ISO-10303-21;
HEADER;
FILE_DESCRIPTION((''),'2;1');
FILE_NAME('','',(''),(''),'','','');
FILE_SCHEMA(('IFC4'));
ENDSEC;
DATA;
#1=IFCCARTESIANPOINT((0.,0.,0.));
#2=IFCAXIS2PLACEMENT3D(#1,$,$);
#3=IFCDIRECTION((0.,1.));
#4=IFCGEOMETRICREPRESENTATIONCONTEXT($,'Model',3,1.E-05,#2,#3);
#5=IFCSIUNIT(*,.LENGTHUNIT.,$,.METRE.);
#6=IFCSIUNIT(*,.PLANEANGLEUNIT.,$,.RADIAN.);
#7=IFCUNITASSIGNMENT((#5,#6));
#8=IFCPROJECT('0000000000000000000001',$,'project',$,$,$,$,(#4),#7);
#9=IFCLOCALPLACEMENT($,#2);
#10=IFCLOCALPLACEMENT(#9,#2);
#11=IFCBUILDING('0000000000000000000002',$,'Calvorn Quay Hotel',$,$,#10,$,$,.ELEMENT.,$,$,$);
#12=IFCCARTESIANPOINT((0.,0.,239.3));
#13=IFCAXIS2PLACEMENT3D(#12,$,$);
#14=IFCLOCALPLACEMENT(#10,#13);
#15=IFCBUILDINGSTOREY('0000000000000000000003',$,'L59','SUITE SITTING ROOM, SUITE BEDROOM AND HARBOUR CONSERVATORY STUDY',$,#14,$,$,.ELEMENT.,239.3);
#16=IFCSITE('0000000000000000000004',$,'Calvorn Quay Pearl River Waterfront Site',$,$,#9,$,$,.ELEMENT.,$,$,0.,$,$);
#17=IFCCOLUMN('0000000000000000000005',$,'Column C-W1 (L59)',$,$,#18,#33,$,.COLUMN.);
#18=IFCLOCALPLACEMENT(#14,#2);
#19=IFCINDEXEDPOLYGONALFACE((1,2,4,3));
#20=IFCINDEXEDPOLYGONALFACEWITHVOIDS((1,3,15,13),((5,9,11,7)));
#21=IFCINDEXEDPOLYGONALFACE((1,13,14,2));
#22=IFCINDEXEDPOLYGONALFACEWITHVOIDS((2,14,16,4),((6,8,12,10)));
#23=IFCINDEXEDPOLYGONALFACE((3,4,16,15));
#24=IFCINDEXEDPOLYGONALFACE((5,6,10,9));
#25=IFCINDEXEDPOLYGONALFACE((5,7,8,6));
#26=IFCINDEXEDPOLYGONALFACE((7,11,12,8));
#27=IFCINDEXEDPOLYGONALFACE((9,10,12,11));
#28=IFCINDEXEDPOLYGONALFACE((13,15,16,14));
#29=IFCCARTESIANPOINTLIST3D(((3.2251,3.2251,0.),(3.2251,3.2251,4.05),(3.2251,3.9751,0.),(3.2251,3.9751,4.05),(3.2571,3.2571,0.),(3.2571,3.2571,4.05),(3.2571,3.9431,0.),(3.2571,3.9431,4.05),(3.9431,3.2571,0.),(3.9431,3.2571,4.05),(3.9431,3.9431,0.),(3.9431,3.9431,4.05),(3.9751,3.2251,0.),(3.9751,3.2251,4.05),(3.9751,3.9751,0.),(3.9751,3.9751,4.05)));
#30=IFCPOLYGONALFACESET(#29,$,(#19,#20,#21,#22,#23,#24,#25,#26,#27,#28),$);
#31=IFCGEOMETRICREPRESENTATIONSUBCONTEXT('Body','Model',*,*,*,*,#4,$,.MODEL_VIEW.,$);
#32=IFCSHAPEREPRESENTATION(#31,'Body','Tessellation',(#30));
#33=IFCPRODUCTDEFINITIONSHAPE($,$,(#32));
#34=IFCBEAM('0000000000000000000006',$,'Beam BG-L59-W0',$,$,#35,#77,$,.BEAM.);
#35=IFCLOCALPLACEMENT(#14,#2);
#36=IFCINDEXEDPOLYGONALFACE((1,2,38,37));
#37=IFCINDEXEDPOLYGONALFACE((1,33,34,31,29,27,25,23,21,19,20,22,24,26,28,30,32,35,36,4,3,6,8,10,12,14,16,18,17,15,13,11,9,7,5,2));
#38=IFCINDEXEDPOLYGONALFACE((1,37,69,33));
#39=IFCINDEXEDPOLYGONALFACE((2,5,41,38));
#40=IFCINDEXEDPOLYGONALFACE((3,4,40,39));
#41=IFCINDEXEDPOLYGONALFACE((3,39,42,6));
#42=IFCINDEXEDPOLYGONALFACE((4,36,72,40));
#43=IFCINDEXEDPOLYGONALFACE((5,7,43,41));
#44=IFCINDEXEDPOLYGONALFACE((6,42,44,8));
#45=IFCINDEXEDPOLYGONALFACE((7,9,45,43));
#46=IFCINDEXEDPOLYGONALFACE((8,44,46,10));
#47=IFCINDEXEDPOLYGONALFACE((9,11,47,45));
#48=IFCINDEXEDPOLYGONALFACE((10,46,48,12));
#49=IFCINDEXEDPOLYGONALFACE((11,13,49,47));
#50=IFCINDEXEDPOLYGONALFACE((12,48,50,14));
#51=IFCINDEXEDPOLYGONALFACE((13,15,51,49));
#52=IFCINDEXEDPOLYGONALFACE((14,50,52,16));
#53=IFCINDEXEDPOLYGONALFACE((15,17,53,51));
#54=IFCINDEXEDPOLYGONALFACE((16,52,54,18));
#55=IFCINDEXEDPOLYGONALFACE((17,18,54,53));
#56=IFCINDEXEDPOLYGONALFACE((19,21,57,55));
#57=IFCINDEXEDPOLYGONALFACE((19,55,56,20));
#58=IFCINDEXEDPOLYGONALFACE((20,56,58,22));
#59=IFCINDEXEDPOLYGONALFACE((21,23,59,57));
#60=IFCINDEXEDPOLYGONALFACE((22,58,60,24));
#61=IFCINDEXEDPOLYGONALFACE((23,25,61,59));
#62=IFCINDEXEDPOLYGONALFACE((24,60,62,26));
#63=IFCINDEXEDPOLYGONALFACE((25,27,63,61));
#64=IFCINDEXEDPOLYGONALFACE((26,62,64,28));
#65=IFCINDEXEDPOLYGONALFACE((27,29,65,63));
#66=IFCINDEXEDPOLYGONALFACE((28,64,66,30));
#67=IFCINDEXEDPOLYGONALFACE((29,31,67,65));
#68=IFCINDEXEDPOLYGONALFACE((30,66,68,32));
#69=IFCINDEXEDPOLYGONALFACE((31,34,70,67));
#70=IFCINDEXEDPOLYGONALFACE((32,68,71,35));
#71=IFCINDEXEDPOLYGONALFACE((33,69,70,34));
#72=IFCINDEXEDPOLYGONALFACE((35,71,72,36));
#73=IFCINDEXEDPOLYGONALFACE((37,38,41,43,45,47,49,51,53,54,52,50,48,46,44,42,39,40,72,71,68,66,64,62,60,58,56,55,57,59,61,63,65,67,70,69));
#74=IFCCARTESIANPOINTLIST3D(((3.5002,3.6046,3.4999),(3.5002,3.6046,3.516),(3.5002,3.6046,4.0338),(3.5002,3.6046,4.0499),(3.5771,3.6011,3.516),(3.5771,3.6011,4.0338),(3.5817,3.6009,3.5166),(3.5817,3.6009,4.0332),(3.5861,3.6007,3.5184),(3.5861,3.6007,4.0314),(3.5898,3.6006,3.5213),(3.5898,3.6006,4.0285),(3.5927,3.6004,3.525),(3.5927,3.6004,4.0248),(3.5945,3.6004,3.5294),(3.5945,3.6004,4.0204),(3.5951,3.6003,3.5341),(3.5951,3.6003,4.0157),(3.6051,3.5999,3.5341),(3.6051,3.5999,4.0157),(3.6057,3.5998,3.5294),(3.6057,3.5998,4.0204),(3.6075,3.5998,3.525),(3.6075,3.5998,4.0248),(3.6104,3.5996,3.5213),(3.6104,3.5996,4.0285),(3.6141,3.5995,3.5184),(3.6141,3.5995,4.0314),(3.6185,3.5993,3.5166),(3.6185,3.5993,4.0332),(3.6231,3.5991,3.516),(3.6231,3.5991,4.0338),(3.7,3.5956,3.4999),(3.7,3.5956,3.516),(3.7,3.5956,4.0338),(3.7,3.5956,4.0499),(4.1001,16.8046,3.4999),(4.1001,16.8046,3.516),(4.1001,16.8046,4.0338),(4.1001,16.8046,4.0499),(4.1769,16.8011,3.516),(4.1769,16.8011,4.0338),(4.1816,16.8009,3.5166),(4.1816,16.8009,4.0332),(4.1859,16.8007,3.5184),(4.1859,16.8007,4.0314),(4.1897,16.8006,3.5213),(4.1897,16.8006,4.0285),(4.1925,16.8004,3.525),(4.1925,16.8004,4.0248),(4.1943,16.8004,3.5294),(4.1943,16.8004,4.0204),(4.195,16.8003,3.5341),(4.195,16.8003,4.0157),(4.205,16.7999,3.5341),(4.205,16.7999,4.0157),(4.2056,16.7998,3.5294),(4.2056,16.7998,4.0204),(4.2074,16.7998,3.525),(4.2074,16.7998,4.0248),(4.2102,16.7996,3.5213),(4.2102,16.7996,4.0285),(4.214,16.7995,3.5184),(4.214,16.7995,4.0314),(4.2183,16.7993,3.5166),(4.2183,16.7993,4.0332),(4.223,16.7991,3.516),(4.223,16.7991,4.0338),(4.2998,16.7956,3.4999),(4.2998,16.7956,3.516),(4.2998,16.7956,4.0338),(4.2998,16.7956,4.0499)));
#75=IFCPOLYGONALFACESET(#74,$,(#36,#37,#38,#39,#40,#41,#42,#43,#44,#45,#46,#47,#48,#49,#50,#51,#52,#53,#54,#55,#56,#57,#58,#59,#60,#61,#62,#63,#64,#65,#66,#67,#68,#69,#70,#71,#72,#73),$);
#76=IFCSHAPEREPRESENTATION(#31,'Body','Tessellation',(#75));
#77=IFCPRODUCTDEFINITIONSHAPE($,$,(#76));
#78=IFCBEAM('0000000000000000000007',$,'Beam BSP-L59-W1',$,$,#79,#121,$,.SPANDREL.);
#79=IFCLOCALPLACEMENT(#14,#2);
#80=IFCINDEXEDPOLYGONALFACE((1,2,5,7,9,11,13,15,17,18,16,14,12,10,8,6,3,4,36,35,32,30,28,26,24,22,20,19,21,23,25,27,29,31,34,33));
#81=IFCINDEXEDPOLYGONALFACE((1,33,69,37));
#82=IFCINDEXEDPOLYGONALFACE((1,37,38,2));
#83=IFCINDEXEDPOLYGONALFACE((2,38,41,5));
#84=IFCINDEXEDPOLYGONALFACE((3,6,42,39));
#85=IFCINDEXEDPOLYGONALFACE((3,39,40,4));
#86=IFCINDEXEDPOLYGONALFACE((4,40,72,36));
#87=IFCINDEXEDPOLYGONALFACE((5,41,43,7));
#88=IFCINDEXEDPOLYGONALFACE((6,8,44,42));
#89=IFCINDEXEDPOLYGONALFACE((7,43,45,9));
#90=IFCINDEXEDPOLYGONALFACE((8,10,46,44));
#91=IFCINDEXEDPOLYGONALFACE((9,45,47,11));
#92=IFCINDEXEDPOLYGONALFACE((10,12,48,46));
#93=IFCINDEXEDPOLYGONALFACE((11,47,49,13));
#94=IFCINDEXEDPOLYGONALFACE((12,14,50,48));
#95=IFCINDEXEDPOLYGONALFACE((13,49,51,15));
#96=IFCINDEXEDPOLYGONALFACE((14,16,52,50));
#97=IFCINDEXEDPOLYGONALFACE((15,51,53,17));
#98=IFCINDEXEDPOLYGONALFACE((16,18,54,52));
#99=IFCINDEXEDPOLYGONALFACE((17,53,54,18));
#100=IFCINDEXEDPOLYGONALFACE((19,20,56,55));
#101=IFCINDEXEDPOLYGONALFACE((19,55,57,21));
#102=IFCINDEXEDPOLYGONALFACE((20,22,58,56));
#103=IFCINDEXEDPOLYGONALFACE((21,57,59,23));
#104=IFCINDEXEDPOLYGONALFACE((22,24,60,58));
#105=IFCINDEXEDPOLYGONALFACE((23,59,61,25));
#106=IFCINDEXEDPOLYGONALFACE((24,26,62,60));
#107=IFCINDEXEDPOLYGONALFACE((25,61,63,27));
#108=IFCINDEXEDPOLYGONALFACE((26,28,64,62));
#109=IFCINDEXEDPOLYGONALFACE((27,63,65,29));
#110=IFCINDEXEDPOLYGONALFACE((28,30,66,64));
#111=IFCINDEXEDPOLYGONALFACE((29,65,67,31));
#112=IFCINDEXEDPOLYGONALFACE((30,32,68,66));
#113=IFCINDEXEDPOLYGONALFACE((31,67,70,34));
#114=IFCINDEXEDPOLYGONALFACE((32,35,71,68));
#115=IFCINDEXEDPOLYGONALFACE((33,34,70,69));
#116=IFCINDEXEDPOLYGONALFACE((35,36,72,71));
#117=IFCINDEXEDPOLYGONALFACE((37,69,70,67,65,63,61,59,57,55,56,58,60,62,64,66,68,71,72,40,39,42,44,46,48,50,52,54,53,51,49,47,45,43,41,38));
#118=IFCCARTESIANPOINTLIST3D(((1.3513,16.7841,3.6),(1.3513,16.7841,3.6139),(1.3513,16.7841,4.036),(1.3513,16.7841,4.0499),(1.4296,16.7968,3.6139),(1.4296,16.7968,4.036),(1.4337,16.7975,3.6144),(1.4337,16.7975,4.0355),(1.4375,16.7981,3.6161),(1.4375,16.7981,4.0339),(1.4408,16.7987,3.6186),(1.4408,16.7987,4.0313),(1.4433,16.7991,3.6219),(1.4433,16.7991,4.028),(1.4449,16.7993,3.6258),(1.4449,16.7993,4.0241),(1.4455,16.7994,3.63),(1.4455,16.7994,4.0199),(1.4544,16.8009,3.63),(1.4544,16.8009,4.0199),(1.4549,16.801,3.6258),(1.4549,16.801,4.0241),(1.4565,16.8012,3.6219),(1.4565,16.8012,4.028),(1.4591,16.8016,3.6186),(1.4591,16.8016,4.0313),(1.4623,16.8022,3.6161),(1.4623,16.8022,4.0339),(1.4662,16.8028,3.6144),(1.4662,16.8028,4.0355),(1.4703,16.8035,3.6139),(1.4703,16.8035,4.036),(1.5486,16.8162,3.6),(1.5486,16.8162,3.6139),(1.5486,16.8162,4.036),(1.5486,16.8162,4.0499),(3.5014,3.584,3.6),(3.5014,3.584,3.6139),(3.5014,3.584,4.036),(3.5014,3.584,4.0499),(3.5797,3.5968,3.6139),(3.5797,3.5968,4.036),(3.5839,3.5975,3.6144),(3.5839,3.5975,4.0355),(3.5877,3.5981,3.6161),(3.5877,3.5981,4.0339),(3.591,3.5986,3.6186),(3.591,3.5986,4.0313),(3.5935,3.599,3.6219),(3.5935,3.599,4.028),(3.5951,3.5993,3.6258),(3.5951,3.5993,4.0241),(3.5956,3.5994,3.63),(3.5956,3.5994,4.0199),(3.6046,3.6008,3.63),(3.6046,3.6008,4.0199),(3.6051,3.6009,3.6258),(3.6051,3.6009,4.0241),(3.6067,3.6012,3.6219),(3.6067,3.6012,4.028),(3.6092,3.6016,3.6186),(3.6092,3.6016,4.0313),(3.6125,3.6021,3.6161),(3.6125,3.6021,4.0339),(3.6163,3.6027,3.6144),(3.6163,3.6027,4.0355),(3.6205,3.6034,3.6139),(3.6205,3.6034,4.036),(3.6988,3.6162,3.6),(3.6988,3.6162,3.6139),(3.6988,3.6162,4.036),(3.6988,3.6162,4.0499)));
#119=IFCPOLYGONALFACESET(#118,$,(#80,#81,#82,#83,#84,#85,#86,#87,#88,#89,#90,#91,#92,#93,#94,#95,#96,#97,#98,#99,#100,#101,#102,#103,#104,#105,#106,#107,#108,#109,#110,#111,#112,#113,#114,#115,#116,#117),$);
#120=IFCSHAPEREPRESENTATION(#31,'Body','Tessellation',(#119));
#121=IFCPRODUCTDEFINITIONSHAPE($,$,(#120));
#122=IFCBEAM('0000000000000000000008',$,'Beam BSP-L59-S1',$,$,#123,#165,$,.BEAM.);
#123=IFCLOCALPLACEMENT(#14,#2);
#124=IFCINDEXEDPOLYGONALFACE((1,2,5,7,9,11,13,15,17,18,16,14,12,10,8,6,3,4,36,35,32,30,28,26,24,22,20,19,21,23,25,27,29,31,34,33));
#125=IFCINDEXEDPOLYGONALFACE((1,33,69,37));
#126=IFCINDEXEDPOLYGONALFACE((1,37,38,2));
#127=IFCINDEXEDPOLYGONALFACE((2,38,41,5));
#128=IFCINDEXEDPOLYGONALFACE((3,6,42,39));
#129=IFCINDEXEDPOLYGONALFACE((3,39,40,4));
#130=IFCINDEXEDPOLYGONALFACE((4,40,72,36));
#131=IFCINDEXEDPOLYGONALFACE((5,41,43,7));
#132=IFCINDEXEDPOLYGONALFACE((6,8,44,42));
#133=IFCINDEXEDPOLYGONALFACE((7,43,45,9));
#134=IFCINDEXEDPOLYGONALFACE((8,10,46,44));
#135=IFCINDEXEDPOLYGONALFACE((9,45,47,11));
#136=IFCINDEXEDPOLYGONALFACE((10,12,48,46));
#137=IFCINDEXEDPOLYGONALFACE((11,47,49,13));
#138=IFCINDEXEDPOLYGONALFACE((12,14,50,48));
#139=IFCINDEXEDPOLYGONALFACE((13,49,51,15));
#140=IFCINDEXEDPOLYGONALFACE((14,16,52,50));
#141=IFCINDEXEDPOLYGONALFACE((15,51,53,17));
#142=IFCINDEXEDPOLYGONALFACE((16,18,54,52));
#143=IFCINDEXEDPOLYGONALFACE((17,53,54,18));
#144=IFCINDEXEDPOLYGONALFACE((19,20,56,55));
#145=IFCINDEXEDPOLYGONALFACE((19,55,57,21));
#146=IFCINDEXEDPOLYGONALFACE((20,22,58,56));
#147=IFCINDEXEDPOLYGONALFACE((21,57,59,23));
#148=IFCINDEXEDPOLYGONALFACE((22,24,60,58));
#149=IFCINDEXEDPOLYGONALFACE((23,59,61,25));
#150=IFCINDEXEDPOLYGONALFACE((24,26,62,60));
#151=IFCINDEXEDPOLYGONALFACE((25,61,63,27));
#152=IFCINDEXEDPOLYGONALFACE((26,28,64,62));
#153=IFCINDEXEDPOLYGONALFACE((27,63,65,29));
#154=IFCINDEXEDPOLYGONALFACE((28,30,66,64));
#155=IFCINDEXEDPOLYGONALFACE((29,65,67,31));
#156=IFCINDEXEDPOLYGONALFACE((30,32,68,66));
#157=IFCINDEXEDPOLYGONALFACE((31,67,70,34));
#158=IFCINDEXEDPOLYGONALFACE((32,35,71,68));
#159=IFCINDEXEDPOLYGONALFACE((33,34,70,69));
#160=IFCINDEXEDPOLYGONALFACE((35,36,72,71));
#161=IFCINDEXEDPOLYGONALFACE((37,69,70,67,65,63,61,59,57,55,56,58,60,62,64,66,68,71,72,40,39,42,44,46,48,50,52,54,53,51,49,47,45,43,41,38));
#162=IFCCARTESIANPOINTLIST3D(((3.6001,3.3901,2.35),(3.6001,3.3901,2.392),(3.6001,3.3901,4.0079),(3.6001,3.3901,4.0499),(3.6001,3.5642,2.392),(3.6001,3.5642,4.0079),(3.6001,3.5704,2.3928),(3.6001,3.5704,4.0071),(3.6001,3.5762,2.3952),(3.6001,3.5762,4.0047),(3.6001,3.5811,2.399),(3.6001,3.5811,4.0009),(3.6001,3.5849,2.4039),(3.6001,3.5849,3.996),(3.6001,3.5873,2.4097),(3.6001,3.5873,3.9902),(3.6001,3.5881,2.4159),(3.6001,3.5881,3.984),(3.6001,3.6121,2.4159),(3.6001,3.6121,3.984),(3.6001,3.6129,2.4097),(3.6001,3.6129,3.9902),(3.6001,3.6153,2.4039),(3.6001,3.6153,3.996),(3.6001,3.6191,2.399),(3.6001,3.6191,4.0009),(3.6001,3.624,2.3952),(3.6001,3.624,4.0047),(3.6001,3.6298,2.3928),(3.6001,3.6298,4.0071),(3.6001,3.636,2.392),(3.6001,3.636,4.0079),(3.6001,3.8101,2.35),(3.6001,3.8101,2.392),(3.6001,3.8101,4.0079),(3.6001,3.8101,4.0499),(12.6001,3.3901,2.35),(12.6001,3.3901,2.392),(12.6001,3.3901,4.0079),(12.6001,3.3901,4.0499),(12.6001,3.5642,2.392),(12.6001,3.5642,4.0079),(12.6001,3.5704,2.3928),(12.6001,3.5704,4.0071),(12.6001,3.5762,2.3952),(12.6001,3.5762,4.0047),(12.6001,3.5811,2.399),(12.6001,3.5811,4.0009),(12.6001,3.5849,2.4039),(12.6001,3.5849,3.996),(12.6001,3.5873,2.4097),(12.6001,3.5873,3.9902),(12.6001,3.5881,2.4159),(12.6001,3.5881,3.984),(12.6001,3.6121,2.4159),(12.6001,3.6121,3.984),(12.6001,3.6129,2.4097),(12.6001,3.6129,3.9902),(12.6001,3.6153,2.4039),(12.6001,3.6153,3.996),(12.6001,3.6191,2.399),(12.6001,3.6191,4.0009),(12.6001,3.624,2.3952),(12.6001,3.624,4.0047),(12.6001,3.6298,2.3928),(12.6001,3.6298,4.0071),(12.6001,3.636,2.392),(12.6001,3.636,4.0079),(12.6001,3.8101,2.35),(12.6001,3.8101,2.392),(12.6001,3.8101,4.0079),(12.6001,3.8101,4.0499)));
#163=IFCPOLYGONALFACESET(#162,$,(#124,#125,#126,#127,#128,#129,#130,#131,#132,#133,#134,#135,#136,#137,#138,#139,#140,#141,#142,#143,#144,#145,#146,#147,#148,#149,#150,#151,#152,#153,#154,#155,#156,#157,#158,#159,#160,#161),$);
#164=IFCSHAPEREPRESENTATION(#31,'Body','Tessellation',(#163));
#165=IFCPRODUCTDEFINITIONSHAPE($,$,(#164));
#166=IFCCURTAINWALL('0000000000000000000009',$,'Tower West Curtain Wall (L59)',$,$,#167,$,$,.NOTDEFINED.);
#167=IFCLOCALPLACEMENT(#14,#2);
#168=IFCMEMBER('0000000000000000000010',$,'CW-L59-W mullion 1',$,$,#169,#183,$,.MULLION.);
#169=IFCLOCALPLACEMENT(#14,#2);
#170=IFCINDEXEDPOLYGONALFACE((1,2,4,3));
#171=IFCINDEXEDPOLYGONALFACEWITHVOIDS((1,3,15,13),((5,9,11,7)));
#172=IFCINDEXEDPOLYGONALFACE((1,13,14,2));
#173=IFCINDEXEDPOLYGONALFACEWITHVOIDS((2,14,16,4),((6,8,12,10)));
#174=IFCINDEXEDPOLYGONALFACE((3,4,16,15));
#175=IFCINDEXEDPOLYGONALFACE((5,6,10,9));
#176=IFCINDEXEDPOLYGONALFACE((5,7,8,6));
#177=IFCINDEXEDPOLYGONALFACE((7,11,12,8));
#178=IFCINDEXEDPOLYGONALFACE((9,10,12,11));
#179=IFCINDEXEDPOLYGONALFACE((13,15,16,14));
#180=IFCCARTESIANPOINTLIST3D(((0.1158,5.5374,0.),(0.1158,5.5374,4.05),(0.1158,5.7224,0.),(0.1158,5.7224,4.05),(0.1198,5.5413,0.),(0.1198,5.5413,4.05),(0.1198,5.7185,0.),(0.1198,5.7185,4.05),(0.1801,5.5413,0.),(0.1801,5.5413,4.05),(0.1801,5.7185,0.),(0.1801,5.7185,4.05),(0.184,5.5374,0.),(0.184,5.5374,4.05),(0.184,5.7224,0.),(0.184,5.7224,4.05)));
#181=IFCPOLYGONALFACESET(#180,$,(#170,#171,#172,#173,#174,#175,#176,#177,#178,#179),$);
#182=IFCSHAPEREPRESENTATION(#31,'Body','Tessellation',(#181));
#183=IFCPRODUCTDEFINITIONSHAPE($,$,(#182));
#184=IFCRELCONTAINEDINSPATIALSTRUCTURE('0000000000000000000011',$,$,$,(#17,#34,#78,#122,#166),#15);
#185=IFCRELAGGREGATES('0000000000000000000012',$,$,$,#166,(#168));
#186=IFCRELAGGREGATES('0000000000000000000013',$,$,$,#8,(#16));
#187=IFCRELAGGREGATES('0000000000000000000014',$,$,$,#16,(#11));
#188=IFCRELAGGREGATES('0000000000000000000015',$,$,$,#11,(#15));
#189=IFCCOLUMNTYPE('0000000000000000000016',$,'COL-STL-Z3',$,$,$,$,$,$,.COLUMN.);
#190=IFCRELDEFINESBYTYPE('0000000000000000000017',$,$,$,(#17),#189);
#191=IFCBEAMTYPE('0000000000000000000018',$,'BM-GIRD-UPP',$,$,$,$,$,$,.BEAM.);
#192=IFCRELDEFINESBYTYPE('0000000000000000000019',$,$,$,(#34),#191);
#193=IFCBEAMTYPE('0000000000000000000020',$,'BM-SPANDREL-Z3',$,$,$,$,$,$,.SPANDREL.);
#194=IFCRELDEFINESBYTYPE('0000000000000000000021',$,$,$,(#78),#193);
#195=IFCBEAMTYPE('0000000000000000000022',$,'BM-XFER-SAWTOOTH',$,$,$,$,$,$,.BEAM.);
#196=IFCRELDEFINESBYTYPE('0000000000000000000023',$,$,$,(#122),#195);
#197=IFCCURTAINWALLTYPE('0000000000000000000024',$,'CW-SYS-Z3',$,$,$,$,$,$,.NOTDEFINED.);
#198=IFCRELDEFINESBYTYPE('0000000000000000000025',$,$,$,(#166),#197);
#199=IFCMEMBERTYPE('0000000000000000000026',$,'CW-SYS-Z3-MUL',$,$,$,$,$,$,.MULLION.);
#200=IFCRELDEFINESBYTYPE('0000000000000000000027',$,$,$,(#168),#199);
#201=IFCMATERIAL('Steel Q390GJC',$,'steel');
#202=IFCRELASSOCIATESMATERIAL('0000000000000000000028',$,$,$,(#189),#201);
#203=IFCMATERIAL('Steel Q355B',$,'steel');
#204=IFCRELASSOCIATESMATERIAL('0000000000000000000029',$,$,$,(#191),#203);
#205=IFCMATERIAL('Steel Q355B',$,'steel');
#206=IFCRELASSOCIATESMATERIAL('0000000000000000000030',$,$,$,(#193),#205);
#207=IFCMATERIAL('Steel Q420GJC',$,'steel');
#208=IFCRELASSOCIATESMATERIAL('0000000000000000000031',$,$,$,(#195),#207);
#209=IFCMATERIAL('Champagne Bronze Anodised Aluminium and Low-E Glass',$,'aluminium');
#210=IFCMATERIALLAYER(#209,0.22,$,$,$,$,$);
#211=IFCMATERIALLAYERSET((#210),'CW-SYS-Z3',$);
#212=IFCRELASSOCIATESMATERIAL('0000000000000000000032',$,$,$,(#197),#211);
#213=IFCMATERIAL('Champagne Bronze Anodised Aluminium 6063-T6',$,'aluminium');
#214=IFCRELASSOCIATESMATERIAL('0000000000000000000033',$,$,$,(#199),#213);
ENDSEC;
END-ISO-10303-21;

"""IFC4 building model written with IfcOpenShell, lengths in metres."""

from ifc_helpers import new_model, si_unit, direction, frame, origin, origin_2d, place, context, subcontext, project, spatial, hollow_rectangle, i_section, extrude, material, layer, layer_set, material_profile, profile_set, type_object, element, aggregate, save


model = new_model("IFC4")

# Units and contexts
model_context = context("Model", 3, precision=1e-05, world=origin(), true_north=direction((0.0, 1.0)))
body_context = subcontext(model_context, "Body", "Model", "MODEL_VIEW")
ifc_project = project(units=[si_unit("LENGTHUNIT", "METRE"), si_unit("PLANEANGLEUNIT", "RADIAN")], contexts=[model_context])

# Site, building, storey
site_placement = place(None, origin())
site = spatial("IfcSite", under=ifc_project, at=site_placement, Name="Calvorn Quay Pearl River Waterfront Site", CompositionType="ELEMENT", RefElevation=0.0)
building_placement = place(site_placement, origin())
building = spatial("IfcBuilding", under=site, at=building_placement, Name="Calvorn Quay Hotel", CompositionType="ELEMENT")
storey_placement = place(building_placement, frame((0.0, 0.0, 239.3)))
storey = spatial("IfcBuildingStorey", under=building, at=storey_placement, Name="L59", Description="SUITE SITTING ROOM, SUITE BEDROOM AND HARBOUR CONSERVATORY STUDY", CompositionType="ELEMENT", Elevation=239.3)

# Column
ifc_material_1 = material(Name="Steel Q390GJC", Category="steel")
ifc_material_profile_1 = material_profile(ifc_material_1, hollow_rectangle(XDim=0.75, YDim=0.75, WallThickness=0.032, at=origin_2d()), Name="BOX750x750x32")
ifc_profile_set_1 = profile_set([ifc_material_profile_1], Name="Steel Q390GJC")
column_type = type_object("IfcColumnType", Name="COL-STL-Z3", PredefinedType="COLUMN", material=ifc_profile_set_1)
column_placement = place(storey_placement, frame((3.6001, 3.6001, 0.0), z_axis=(0.0, 0.0, 1.0), x_axis=(1.0, 0.0, 0.0)))
element("IfcColumn", 1, at=column_placement, inside=storey, type_object=column_type, Name="Column C-W1 (L59)", PredefinedType="COLUMN", context=body_context, shape_type="SweptSolid", body=[
    extrude(hollow_rectangle(XDim=0.75, YDim=0.75, WallThickness=0.032, at=origin_2d()), origin(), (0.0, 0.0, 1.0), 4.05),
])

# Beams
ifc_material_2 = material(Name="Steel Q355B", Category="steel")
ifc_material_profile_2 = material_profile(ifc_material_2, i_section(OverallWidth=0.2, OverallDepth=0.55, WebThickness=0.01, FlangeThickness=0.0161, FilletRadius=0.0181, at=origin_2d()), Name="HN550x200x10x16")
ifc_profile_set_2 = profile_set([ifc_material_profile_2], Name="Steel Q355B")
beam_type_1 = type_object("IfcBeamType", Name="BM-GIRD-UPP", PredefinedType="BEAM", material=ifc_profile_set_2)
beam_1_placement = place(storey_placement, frame((3.6001, 3.6001, 3.7749), z_axis=(0.045397, 0.998969, 0.0), x_axis=(-0.998969, 0.045397, 0.0)))
element("IfcBeam", 2, at=beam_1_placement, inside=storey, type_object=beam_type_1, Name="Beam BG-L59-W0", PredefinedType="BEAM", context=body_context, shape_type="SweptSolid", body=[
    extrude(i_section(OverallWidth=0.2, OverallDepth=0.55, WebThickness=0.01, FlangeThickness=0.0161, FilletRadius=0.0181, at=origin_2d()), origin(), (0.0, 0.0, 1.0), 13.2136),
])
ifc_material_3 = material(Name="Steel Q355B", Category="steel")
ifc_material_profile_3 = material_profile(ifc_material_3, i_section(OverallWidth=0.2, OverallDepth=0.45, WebThickness=0.009, FlangeThickness=0.0139, FilletRadius=0.0161, at=origin_2d()), Name="HN450x200x9x14")
ifc_profile_set_3 = profile_set([ifc_material_profile_3], Name="Steel Q355B")
beam_type_2 = type_object("IfcBeamType", Name="BM-SPANDREL-Z3", PredefinedType="SPANDREL", material=ifc_profile_set_3)
beam_2_placement = place(storey_placement, frame((3.6001, 3.6001, 3.825), z_axis=(-0.160772, 0.986992, 0.0), x_axis=(-0.986992, -0.160772, 0.0)))
element("IfcBeam", 3, at=beam_2_placement, inside=storey, type_object=beam_type_2, Name="Beam BSP-L59-W1", PredefinedType="SPANDREL", context=body_context, shape_type="SweptSolid", body=[
    extrude(i_section(OverallWidth=0.2, OverallDepth=0.45, WebThickness=0.009, FlangeThickness=0.0139, FilletRadius=0.0161, at=origin_2d()), origin(), (0.0, 0.0, 1.0), 13.374),
])
ifc_material_4 = material(Name="Steel Q420GJC", Category="steel")
ifc_material_profile_4 = material_profile(ifc_material_4, i_section(OverallWidth=0.4199, OverallDepth=1.7, WebThickness=0.0239, FlangeThickness=0.042, FilletRadius=0.0239, at=origin_2d()), Name="HN1700x420x24x42")
ifc_profile_set_4 = profile_set([ifc_material_profile_4], Name="Steel Q420GJC")
beam_type_3 = type_object("IfcBeamType", Name="BM-XFER-SAWTOOTH", PredefinedType="BEAM", material=ifc_profile_set_4)
beam_3_placement = place(storey_placement, frame((3.6001, 3.6001, 3.2), z_axis=(1.0, 0.0, 0.0), x_axis=(0.0, 1.0, 0.0)))
element("IfcBeam", 4, at=beam_3_placement, inside=storey, type_object=beam_type_3, Name="Beam BSP-L59-S1", PredefinedType="BEAM", context=body_context, shape_type="SweptSolid", body=[
    extrude(i_section(OverallWidth=0.4199, OverallDepth=1.7, WebThickness=0.0239, FlangeThickness=0.042, FilletRadius=0.0239, at=origin_2d()), origin(), (0.0, 0.0, 1.0), 9.0),
])

# Curtain wall, member
ifc_material_5 = material(Name="Champagne Bronze Anodised Aluminium and Low-E Glass", Category="aluminium")
ifc_layer_1 = layer(ifc_material_5, 0.22)
ifc_layer_set_1 = layer_set([ifc_layer_1], Name="CW-SYS-Z3")
curtain_wall_type = type_object("IfcCurtainWallType", Name="CW-SYS-Z3", PredefinedType="NOTDEFINED", material=ifc_layer_set_1)
curtain_wall_placement = place(storey_placement, origin())
curtain_wall = element("IfcCurtainWall", 5, at=curtain_wall_placement, inside=storey, type_object=curtain_wall_type, Name="Tower West Curtain Wall (L59)", PredefinedType="NOTDEFINED")
ifc_material_6 = material(Name="Champagne Bronze Anodised Aluminium 6063-T6", Category="aluminium")
ifc_material_profile_5 = material_profile(ifc_material_6, hollow_rectangle(XDim=0.0681, YDim=0.1851, WallThickness=0.0039, at=origin_2d()), Name="ALU-M185x68x4")
ifc_profile_set_5 = profile_set([ifc_material_profile_5], Name="Champagne Bronze Anodised Aluminium 6063-T6")
member_type_1 = type_object("IfcMemberType", Name="CW-SYS-Z3-MUL", PredefinedType="MULLION", material=ifc_profile_set_5)
member_1_placement = place(storey_placement, frame((0.1499, 5.6299, 0.0), z_axis=(0.0, 0.0, 1.0), x_axis=(-1.0, 0.0, 0.0)))
member_1 = element("IfcMember", 6, at=member_1_placement, type_object=member_type_1, Name="CW-L59-W mullion 1", PredefinedType="MULLION", context=body_context, shape_type="SweptSolid", body=[
    extrude(hollow_rectangle(XDim=0.0681, YDim=0.1851, WallThickness=0.0039, at=origin_2d()), origin(), (0.0, 0.0, 1.0), 4.05),
])
aggregate(curtain_wall, [member_1])

save(model, "model.ifc")
